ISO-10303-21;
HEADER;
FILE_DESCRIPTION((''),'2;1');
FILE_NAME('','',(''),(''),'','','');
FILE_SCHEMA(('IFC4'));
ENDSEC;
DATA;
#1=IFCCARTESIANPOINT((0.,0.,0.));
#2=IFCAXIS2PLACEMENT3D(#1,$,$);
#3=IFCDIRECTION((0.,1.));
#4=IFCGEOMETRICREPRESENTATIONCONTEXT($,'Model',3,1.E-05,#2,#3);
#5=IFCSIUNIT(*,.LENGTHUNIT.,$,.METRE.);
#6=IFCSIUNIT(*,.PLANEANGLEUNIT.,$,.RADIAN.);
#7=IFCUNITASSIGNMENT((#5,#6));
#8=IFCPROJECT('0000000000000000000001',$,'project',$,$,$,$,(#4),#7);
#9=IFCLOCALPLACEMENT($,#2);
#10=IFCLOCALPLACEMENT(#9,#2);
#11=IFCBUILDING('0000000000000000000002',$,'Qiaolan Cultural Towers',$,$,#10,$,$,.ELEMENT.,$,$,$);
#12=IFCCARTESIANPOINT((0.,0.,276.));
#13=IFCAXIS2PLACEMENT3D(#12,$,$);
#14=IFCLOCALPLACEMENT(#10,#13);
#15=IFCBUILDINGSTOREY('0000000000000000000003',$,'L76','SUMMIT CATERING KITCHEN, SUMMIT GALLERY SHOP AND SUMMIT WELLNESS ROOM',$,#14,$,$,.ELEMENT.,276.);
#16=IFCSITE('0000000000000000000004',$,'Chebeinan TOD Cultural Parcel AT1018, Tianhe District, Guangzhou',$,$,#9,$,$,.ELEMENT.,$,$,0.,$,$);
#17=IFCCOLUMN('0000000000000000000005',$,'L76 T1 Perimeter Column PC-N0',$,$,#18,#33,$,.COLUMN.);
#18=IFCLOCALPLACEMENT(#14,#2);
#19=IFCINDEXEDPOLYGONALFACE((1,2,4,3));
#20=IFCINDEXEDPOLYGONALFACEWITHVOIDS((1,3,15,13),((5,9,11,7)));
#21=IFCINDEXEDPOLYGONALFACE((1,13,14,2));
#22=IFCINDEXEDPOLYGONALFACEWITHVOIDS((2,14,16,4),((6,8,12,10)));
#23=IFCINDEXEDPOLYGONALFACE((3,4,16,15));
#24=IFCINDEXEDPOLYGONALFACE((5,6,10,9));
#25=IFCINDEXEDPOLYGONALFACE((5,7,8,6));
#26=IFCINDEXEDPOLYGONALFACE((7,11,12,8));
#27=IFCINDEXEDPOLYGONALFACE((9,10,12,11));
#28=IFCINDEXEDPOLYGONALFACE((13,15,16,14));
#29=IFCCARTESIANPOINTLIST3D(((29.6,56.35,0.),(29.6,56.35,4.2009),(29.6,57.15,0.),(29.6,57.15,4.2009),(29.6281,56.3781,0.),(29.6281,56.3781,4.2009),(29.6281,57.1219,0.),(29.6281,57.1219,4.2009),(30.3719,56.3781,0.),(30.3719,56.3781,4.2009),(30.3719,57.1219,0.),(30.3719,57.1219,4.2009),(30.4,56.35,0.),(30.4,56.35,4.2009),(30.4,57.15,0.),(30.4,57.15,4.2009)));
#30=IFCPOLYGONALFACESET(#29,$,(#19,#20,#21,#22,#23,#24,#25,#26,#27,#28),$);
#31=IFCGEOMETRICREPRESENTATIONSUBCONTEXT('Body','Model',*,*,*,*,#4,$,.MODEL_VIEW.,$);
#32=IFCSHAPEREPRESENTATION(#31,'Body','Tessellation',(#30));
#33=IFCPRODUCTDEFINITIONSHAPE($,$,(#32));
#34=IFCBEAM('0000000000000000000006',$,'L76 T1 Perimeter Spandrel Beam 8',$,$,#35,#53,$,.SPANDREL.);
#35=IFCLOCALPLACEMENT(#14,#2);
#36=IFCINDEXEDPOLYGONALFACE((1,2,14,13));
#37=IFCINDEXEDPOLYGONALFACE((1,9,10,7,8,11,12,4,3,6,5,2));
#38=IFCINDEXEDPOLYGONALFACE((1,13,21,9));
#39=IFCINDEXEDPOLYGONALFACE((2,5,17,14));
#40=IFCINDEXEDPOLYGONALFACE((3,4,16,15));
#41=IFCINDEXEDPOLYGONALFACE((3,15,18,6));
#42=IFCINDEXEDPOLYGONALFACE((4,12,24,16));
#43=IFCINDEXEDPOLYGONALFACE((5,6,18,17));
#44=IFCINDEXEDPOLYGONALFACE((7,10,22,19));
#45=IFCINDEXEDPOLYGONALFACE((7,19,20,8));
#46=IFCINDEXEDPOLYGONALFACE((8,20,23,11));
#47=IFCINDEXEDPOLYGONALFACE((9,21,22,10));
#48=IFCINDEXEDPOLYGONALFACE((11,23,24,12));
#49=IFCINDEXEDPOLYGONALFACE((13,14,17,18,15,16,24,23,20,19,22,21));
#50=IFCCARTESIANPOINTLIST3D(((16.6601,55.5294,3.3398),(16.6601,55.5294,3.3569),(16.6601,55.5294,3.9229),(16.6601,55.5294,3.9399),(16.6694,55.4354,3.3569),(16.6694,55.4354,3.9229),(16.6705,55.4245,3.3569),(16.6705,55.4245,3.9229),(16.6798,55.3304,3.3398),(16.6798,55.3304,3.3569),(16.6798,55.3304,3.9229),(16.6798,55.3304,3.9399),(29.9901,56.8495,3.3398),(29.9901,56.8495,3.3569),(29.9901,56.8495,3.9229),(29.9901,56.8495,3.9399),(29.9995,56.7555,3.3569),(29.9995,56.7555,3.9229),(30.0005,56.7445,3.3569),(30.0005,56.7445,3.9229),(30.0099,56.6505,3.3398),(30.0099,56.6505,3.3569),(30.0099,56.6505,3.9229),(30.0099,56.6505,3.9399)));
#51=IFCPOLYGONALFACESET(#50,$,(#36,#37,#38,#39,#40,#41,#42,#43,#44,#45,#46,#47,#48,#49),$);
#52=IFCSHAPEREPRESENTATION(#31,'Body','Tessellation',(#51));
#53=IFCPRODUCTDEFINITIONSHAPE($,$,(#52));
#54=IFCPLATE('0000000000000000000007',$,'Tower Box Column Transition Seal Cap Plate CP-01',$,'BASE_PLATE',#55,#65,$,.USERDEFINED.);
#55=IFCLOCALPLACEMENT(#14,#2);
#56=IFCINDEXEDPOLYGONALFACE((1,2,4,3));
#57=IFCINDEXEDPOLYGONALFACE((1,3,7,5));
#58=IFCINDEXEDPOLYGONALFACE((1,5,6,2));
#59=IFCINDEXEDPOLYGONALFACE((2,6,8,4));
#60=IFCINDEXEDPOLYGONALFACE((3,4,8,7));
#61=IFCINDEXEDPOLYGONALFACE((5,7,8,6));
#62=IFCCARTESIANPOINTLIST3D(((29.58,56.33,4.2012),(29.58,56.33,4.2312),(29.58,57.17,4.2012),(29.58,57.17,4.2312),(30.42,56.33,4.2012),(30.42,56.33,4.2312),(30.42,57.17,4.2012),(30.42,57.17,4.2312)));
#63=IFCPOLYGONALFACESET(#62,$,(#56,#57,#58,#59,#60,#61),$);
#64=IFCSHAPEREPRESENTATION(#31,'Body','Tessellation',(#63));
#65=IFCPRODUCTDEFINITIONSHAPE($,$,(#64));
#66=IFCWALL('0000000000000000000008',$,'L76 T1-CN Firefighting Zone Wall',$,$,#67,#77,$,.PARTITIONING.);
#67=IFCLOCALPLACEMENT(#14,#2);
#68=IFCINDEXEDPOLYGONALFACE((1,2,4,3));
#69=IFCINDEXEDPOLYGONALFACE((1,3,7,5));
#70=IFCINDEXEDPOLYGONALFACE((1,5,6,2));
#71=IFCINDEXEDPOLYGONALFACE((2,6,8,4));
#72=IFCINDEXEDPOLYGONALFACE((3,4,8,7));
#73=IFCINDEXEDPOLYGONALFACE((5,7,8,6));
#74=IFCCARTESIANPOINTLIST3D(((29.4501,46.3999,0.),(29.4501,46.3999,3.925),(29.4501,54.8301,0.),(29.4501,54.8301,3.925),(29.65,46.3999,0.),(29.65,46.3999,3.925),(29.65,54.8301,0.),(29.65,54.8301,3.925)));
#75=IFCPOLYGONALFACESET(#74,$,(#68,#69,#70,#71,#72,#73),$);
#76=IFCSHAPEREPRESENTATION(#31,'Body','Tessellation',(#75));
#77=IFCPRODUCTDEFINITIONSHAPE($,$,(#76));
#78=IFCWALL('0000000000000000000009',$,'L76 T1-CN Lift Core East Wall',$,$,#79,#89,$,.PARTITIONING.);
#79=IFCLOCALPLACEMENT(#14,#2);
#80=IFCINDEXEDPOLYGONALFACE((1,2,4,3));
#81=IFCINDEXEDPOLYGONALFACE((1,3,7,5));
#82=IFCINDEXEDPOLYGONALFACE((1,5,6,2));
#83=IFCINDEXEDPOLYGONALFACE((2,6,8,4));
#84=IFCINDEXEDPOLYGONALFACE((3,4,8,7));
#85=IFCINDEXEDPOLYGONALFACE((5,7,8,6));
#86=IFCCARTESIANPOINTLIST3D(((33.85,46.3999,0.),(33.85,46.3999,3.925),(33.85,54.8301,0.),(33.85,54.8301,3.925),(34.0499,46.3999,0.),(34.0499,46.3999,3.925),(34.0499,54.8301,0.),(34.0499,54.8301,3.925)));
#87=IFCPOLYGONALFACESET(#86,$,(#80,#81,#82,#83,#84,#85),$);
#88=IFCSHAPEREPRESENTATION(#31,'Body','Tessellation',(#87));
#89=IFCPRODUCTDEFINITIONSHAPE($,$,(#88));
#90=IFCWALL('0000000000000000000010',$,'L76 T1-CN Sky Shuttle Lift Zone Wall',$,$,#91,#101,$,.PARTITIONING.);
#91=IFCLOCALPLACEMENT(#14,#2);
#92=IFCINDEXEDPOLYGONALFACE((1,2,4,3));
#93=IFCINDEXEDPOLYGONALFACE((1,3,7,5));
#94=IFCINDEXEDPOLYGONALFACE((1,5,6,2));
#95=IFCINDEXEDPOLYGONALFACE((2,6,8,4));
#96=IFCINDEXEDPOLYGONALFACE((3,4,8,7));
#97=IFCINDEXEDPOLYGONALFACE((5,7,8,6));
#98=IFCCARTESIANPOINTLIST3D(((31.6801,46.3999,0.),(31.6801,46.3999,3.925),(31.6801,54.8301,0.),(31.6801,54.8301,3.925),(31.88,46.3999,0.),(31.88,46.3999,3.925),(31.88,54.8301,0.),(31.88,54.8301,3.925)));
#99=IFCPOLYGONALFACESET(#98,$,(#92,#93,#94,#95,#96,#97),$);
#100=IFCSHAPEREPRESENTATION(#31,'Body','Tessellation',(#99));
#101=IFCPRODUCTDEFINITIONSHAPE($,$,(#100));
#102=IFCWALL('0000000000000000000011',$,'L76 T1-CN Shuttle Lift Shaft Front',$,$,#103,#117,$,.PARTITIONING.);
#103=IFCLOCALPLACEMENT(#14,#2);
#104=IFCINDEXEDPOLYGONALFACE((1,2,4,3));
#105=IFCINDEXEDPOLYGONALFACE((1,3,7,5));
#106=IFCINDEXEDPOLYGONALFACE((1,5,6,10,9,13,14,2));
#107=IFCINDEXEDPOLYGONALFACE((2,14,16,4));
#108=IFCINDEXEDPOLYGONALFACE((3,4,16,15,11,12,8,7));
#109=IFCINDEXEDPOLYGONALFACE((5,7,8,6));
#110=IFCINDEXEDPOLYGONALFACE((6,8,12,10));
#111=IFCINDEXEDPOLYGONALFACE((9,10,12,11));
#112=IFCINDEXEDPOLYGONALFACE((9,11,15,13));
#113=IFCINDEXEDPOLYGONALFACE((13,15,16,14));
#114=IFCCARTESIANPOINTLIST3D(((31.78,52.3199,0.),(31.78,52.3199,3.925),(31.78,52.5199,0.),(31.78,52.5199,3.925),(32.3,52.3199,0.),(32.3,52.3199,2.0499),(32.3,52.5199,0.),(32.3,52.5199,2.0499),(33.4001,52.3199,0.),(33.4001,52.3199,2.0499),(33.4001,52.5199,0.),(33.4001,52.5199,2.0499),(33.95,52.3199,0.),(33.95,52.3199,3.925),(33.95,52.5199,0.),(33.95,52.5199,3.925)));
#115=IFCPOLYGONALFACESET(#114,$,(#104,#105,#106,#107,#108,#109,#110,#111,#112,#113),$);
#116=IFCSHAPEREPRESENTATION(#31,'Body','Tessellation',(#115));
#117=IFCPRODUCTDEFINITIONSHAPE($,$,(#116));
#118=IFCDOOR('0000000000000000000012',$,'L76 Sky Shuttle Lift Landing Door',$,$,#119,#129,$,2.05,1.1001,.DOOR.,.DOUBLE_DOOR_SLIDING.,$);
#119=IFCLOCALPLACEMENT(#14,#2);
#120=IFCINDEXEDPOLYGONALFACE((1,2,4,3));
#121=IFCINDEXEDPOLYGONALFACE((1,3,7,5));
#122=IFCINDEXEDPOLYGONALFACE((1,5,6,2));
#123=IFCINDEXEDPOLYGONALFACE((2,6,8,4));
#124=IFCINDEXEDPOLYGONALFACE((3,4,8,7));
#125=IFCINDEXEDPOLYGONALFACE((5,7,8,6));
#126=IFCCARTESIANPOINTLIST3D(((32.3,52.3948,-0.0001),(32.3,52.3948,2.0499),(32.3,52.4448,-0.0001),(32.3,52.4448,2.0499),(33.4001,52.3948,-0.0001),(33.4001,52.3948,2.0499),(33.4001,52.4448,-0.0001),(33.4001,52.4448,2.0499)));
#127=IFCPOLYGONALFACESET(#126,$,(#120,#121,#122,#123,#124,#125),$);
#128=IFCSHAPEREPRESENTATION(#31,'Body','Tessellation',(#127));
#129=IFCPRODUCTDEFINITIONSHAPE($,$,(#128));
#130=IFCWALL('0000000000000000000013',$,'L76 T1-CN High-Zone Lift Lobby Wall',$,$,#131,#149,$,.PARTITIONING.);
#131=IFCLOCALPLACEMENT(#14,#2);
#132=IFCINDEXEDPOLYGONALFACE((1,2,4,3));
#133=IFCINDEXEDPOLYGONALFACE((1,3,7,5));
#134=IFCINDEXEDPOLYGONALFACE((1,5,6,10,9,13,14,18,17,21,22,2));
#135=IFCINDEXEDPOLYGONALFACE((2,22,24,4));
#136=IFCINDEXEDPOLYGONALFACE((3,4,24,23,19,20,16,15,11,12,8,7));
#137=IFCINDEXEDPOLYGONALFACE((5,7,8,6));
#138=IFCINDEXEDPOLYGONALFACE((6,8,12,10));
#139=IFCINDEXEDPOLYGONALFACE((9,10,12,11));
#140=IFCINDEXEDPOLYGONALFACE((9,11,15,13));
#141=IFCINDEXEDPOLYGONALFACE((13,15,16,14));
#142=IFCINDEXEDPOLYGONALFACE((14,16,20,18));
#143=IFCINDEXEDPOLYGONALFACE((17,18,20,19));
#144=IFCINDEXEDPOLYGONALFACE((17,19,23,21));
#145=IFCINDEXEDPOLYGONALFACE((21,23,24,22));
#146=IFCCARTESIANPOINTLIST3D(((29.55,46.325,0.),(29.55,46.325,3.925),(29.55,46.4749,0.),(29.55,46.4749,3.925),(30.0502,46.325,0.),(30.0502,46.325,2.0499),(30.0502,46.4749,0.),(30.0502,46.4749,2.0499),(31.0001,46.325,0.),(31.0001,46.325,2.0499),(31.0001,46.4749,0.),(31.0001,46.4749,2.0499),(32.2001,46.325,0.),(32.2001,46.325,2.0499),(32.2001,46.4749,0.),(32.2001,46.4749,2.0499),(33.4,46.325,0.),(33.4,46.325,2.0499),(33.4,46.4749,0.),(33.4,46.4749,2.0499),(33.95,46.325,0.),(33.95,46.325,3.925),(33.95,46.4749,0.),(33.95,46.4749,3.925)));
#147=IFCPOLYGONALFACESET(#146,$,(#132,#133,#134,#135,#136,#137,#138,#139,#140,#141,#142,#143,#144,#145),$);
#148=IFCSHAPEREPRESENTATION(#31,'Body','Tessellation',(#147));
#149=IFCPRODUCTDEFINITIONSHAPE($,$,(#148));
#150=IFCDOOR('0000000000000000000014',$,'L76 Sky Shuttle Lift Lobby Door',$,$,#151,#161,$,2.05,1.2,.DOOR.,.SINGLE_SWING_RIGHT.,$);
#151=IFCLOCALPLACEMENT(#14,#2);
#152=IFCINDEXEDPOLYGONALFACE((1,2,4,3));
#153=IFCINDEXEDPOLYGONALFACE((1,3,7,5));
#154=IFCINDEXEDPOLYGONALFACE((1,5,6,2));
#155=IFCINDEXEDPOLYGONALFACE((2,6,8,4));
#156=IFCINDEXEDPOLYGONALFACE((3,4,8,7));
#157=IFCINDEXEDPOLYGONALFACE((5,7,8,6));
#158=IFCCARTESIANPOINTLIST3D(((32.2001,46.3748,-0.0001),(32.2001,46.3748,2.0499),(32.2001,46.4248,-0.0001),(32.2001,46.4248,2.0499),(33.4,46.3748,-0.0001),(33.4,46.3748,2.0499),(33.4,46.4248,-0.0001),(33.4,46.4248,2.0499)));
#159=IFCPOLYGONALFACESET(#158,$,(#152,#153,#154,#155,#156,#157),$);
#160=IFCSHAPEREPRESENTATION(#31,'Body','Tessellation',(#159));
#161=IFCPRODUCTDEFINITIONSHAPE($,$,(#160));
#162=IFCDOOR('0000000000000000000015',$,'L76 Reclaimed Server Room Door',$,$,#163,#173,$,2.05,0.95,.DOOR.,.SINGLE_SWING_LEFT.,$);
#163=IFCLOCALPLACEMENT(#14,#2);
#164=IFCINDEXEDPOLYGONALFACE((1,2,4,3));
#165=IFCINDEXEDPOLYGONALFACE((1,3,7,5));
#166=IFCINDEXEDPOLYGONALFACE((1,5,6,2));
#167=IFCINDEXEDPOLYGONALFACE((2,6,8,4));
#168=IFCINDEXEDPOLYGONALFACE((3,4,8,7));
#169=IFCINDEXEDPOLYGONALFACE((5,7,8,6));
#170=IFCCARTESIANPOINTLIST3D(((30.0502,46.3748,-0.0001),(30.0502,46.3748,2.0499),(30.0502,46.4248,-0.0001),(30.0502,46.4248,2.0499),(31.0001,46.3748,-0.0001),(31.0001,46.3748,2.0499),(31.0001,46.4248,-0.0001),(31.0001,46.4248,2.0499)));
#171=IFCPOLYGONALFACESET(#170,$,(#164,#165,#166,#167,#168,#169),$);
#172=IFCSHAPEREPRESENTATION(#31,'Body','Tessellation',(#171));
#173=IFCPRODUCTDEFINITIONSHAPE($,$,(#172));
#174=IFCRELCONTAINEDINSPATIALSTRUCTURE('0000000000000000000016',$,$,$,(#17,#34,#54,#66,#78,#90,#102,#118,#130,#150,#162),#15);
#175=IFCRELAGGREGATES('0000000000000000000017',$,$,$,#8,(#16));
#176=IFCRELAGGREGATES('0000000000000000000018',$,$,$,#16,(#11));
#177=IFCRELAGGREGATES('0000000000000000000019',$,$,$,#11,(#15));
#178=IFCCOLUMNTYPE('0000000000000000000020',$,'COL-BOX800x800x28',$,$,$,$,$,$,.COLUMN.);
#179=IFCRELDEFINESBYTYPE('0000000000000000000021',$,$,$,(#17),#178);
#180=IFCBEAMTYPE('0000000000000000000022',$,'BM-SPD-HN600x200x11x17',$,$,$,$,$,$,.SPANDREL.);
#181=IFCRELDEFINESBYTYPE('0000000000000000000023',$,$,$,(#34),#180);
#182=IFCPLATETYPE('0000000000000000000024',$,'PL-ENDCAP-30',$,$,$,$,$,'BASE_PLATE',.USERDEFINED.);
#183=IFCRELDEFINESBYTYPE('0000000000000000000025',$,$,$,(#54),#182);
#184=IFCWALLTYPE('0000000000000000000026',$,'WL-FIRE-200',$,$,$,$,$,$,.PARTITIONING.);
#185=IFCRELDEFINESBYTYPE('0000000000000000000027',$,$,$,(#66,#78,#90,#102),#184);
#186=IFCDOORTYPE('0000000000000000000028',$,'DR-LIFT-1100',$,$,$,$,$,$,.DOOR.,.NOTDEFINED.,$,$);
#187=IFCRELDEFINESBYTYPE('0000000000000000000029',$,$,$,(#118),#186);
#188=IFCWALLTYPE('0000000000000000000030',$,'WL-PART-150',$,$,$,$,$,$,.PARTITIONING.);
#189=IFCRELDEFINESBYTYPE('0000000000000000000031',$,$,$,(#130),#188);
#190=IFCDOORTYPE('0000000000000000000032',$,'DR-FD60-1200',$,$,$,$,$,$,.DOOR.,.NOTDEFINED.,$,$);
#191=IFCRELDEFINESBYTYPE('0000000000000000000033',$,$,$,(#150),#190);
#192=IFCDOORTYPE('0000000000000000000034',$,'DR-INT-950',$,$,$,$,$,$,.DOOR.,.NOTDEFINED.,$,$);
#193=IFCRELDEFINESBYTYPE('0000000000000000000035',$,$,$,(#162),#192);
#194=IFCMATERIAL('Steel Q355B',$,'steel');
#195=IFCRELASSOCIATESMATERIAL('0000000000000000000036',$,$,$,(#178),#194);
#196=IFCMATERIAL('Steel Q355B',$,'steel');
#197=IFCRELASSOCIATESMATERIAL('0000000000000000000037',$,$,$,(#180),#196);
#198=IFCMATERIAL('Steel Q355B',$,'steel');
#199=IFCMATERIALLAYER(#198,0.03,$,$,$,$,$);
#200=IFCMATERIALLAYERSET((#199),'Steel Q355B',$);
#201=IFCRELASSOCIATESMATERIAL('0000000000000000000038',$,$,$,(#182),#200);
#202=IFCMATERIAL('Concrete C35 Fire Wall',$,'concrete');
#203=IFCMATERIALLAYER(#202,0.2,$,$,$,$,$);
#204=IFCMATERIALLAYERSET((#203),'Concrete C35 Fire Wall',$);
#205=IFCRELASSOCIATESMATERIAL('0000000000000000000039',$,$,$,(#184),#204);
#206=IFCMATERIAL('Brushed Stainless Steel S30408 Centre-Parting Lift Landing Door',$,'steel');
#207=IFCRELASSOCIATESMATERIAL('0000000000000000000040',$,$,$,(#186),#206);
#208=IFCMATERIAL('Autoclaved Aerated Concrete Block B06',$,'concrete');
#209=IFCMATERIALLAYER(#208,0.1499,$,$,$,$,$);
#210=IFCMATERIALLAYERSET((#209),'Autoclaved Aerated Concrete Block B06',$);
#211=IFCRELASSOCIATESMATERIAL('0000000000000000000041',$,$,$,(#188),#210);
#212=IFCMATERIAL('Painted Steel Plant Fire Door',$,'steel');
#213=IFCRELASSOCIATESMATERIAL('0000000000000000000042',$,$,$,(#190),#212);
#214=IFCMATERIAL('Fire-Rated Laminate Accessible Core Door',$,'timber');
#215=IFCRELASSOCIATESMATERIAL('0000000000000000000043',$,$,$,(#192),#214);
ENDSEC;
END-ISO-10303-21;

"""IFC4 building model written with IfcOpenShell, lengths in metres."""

from ifc_helpers import new_model, si_unit, direction, frame, frame_2d, origin, origin_2d, place, context, subcontext, project, spatial, rectangle, hollow_rectangle, i_section, extrude, material, layer, layer_set, material_profile, profile_set, type_object, element, fill, save


model = new_model("IFC4")

# Units and contexts
model_context = context("Model", 3, precision=1e-05, world=origin(), true_north=direction((0.0, 1.0)))
body_context = subcontext(model_context, "Body", "Model", "MODEL_VIEW")
ifc_project = project(units=[si_unit("LENGTHUNIT", "METRE"), si_unit("PLANEANGLEUNIT", "RADIAN")], contexts=[model_context])

# Site, building, storey
site_placement = place(None, origin())
site = spatial("IfcSite", under=ifc_project, at=site_placement, Name="Chebeinan TOD Cultural Parcel AT1018, Tianhe District, Guangzhou", CompositionType="ELEMENT", RefElevation=0.0)
building_placement = place(site_placement, origin())
building = spatial("IfcBuilding", under=site, at=building_placement, Name="Qiaolan Cultural Towers", CompositionType="ELEMENT")
storey_placement = place(building_placement, frame((0.0, 0.0, 276.0)))
storey = spatial("IfcBuildingStorey", under=building, at=storey_placement, Name="L76", Description="SUMMIT CATERING KITCHEN, SUMMIT GALLERY SHOP AND SUMMIT WELLNESS ROOM", CompositionType="ELEMENT", Elevation=276.0)

# Column
ifc_material_1 = material(Name="Steel Q355B", Category="steel")
ifc_material_profile_1 = material_profile(ifc_material_1, hollow_rectangle(XDim=0.8, YDim=0.8, WallThickness=0.0281, at=origin_2d()), Name="BOX800x800x28")
ifc_profile_set_1 = profile_set([ifc_material_profile_1], Name="Steel Q355B")
column_type = type_object("IfcColumnType", Name="COL-BOX800x800x28", PredefinedType="COLUMN", material=ifc_profile_set_1)
column_placement = place(storey_placement, frame((30.0, 56.75, 0.0), z_axis=(0.0, 0.0, 1.0), x_axis=(1.0, 0.0, 0.0)))
element("IfcColumn", 1, at=column_placement, inside=storey, type_object=column_type, Name="L76 T1 Perimeter Column PC-N0", PredefinedType="COLUMN", context=body_context, shape_type="SweptSolid", body=[
    extrude(hollow_rectangle(XDim=0.8, YDim=0.8, WallThickness=0.0281, at=origin_2d()), origin(), (0.0, 0.0, 1.0), 4.2009),
])

# Beam
ifc_material_2 = material(Name="Steel Q355B", Category="steel")
ifc_material_profile_2 = material_profile(ifc_material_2, i_section(OverallWidth=0.2, OverallDepth=0.6001, WebThickness=0.011, FlangeThickness=0.0171, at=origin_2d()), Name="HN600x200x11x17")
ifc_profile_set_2 = profile_set([ifc_material_profile_2], Name="Steel Q355B")
beam_type = type_object("IfcBeamType", Name="BM-SPD-HN600x200x11x17", PredefinedType="SPANDREL", material=ifc_profile_set_2)
beam_placement = place(storey_placement, frame((30.0, 56.75, 3.6399), z_axis=(-0.995132, -0.098547, 0.0), x_axis=(0.098547, -0.995132, 0.0)))
element("IfcBeam", 2, at=beam_placement, inside=storey, type_object=beam_type, Name="L76 T1 Perimeter Spandrel Beam 8", PredefinedType="SPANDREL", context=body_context, shape_type="SweptSolid", body=[
    extrude(i_section(OverallWidth=0.2, OverallDepth=0.6001, WebThickness=0.011, FlangeThickness=0.0171, at=origin_2d()), origin(), (0.0, 0.0, 1.0), 13.3953),
])

# Plate
ifc_material_3 = material(Name="Steel Q355B", Category="steel")
ifc_layer_1 = layer(ifc_material_3, 0.03)
ifc_layer_set_1 = layer_set([ifc_layer_1], Name="Steel Q355B")
plate_type = type_object("IfcPlateType", Name="PL-ENDCAP-30", ElementType="BASE_PLATE", PredefinedType="USERDEFINED", material=ifc_layer_set_1)
plate_placement = place(storey_placement, frame((30.0, 56.75, 4.2012), z_axis=(0.0, 0.0, 1.0), x_axis=(1.0, 0.0, 0.0)))
element("IfcPlate", 3, at=plate_placement, inside=storey, type_object=plate_type, Name="Tower Box Column Transition Seal Cap Plate CP-01", ObjectType="BASE_PLATE", PredefinedType="USERDEFINED", context=body_context, shape_type="SweptSolid", body=[
    extrude(rectangle(XDim=0.8401, YDim=0.8401, at=origin_2d()), origin(), (0.0, 0.0, 1.0), 0.03),
])

# Walls
ifc_material_4 = material(Name="Concrete C35 Fire Wall", Category="concrete")
ifc_layer_2 = layer(ifc_material_4, 0.2)
ifc_layer_set_2 = layer_set([ifc_layer_2], Name="Concrete C35 Fire Wall")
wall_type_1 = type_object("IfcWallType", Name="WL-FIRE-200", PredefinedType="PARTITIONING", material=ifc_layer_set_2)
for number, where, z_axis, x_axis, name in (
    (4, (29.55, 46.3999, 0.0), (0.0, 0.0, 1.0), (0.0, 1.0, 0.0), "L76 T1-CN Firefighting Zone Wall"),
    (5, (33.95, 46.3999, 0.0), (0.0, 0.0, 1.0), (0.0, 1.0, 0.0), "L76 T1-CN Lift Core East Wall"),
    (6, (31.78, 46.3999, 0.0), (0.0, 0.0, 1.0), (0.0, 1.0, 0.0), "L76 T1-CN Sky Shuttle Lift Zone Wall"),
):
    element("IfcWall", number, at=place(storey_placement, frame(where, z_axis=z_axis, x_axis=x_axis)), inside=storey, type_object=wall_type_1, Name=name, PredefinedType="PARTITIONING", context=body_context, shape_type="SweptSolid", body=[
        extrude(rectangle(XDim=8.4302, YDim=0.2, at=frame_2d((4.2151, 0.0))), origin(), (0.0, 0.0, 1.0), 3.925),
    ])

# Wall, opening, door
wall_1_placement = place(storey_placement, frame((31.78, 52.4199, 0.0), z_axis=(0.0, 0.0, 1.0), x_axis=(1.0, 0.0, 0.0)))
wall_1 = element("IfcWall", 7, at=wall_1_placement, inside=storey, type_object=wall_type_1, Name="L76 T1-CN Shuttle Lift Shaft Front", PredefinedType="PARTITIONING", context=body_context, shape_type="SweptSolid", body=[
    extrude(rectangle(XDim=2.1699, YDim=0.2, at=frame_2d((1.085, 0.0))), origin(), (0.0, 0.0, 1.0), 3.925),
])
opening_1_placement = place(wall_1_placement, frame((0.52, 0.0, 0.0)))
opening_1 = element("IfcOpeningElement", 8, at=opening_1_placement, cuts=wall_1, PredefinedType="OPENING", context=body_context, shape_type="SweptSolid", body=[
    extrude(rectangle(XDim=1.1001, YDim=2.05, at=frame_2d((0.55, 1.0249))), frame((0.0, 0.1099, 0.0), z_axis=(0.0, -1.0, 0.0), x_axis=(1.0, 0.0, 0.0)), (0.0, 0.0, 1.0), 0.22),
])
ifc_material_5 = material(Name="Brushed Stainless Steel S30408 Centre-Parting Lift Landing Door", Category="steel")
door_type_1 = type_object("IfcDoorType", Name="DR-LIFT-1100", OperationType="NOTDEFINED", PredefinedType="DOOR", material=ifc_material_5)
door_1_placement = place(opening_1_placement, origin())
door_1 = element("IfcDoor", 9, at=door_1_placement, inside=storey, type_object=door_type_1, Name="L76 Sky Shuttle Lift Landing Door", OperationType="DOUBLE_DOOR_SLIDING", OverallHeight=2.05, OverallWidth=1.1001, PredefinedType="DOOR", context=body_context, shape_type="SweptSolid", body=[
    extrude(rectangle(XDim=1.1001, YDim=2.05, at=frame_2d((0.55, 1.0249))), frame((0.0, 0.0249, 0.0), z_axis=(0.0, -1.0, 0.0), x_axis=(1.0, 0.0, 0.0)), (0.0, 0.0, 1.0), 0.05),
])
fill(opening_1, door_1)

# Wall, openings, doors
ifc_material_6 = material(Name="Autoclaved Aerated Concrete Block B06", Category="concrete")
ifc_layer_3 = layer(ifc_material_6, 0.1499)
ifc_layer_set_3 = layer_set([ifc_layer_3], Name="Autoclaved Aerated Concrete Block B06")
wall_type_2 = type_object("IfcWallType", Name="WL-PART-150", PredefinedType="PARTITIONING", material=ifc_layer_set_3)
wall_2_placement = place(storey_placement, frame((29.55, 46.3999, 0.0), z_axis=(0.0, 0.0, 1.0), x_axis=(1.0, 0.0, 0.0)))
wall_2 = element("IfcWall", 10, at=wall_2_placement, inside=storey, type_object=wall_type_2, Name="L76 T1-CN High-Zone Lift Lobby Wall", PredefinedType="PARTITIONING", context=body_context, shape_type="SweptSolid", body=[
    extrude(rectangle(XDim=4.3999, YDim=0.1499, at=frame_2d((2.2, 0.0))), origin(), (0.0, 0.0, 1.0), 3.925),
])
opening_2_placement = place(wall_2_placement, frame((0.5, 0.0, 0.0)))
opening_2 = element("IfcOpeningElement", 11, at=opening_2_placement, cuts=wall_2, PredefinedType="OPENING", context=body_context, shape_type="SweptSolid", body=[
    extrude(rectangle(XDim=0.95, YDim=2.05, at=frame_2d((0.4751, 1.0249))), frame((0.0, 0.085, 0.0), z_axis=(0.0, -1.0, 0.0), x_axis=(1.0, 0.0, 0.0)), (0.0, 0.0, 1.0), 0.1699),
])
opening_3_placement = place(wall_2_placement, frame((2.6499, 0.0, 0.0)))
opening_3 = element("IfcOpeningElement", 12, at=opening_3_placement, cuts=wall_2, PredefinedType="OPENING", context=body_context, shape_type="SweptSolid", body=[
    extrude(rectangle(XDim=1.2, YDim=2.05, at=frame_2d((0.6001, 1.0249))), frame((0.0, 0.085, 0.0), z_axis=(0.0, -1.0, 0.0), x_axis=(1.0, 0.0, 0.0)), (0.0, 0.0, 1.0), 0.1699),
])
ifc_material_7 = material(Name="Painted Steel Plant Fire Door", Category="steel")
door_type_2 = type_object("IfcDoorType", Name="DR-FD60-1200", OperationType="NOTDEFINED", PredefinedType="DOOR", material=ifc_material_7)
door_2_placement = place(opening_3_placement, origin())
door_2 = element("IfcDoor", 13, at=door_2_placement, inside=storey, type_object=door_type_2, Name="L76 Sky Shuttle Lift Lobby Door", OperationType="SINGLE_SWING_RIGHT", OverallHeight=2.05, OverallWidth=1.2, PredefinedType="DOOR", context=body_context, shape_type="SweptSolid", body=[
    extrude(rectangle(XDim=1.2, YDim=2.05, at=frame_2d((0.6001, 1.0249))), frame((0.0, 0.0249, 0.0), z_axis=(0.0, -1.0, 0.0), x_axis=(1.0, 0.0, 0.0)), (0.0, 0.0, 1.0), 0.05),
])
fill(opening_3, door_2)
ifc_material_8 = material(Name="Fire-Rated Laminate Accessible Core Door", Category="timber")
door_type_3 = type_object("IfcDoorType", Name="DR-INT-950", OperationType="NOTDEFINED", PredefinedType="DOOR", material=ifc_material_8)
door_3_placement = place(opening_2_placement, origin())
door_3 = element("IfcDoor", 14, at=door_3_placement, inside=storey, type_object=door_type_3, Name="L76 Reclaimed Server Room Door", OperationType="SINGLE_SWING_LEFT", OverallHeight=2.05, OverallWidth=0.95, PredefinedType="DOOR", context=body_context, shape_type="SweptSolid", body=[
    extrude(rectangle(XDim=0.95, YDim=2.05, at=frame_2d((0.4751, 1.0249))), frame((0.0, 0.0249, 0.0), z_axis=(0.0, -1.0, 0.0), x_axis=(1.0, 0.0, 0.0)), (0.0, 0.0, 1.0), 0.05),
])
fill(opening_2, door_3)

save(model, "model.ifc")
